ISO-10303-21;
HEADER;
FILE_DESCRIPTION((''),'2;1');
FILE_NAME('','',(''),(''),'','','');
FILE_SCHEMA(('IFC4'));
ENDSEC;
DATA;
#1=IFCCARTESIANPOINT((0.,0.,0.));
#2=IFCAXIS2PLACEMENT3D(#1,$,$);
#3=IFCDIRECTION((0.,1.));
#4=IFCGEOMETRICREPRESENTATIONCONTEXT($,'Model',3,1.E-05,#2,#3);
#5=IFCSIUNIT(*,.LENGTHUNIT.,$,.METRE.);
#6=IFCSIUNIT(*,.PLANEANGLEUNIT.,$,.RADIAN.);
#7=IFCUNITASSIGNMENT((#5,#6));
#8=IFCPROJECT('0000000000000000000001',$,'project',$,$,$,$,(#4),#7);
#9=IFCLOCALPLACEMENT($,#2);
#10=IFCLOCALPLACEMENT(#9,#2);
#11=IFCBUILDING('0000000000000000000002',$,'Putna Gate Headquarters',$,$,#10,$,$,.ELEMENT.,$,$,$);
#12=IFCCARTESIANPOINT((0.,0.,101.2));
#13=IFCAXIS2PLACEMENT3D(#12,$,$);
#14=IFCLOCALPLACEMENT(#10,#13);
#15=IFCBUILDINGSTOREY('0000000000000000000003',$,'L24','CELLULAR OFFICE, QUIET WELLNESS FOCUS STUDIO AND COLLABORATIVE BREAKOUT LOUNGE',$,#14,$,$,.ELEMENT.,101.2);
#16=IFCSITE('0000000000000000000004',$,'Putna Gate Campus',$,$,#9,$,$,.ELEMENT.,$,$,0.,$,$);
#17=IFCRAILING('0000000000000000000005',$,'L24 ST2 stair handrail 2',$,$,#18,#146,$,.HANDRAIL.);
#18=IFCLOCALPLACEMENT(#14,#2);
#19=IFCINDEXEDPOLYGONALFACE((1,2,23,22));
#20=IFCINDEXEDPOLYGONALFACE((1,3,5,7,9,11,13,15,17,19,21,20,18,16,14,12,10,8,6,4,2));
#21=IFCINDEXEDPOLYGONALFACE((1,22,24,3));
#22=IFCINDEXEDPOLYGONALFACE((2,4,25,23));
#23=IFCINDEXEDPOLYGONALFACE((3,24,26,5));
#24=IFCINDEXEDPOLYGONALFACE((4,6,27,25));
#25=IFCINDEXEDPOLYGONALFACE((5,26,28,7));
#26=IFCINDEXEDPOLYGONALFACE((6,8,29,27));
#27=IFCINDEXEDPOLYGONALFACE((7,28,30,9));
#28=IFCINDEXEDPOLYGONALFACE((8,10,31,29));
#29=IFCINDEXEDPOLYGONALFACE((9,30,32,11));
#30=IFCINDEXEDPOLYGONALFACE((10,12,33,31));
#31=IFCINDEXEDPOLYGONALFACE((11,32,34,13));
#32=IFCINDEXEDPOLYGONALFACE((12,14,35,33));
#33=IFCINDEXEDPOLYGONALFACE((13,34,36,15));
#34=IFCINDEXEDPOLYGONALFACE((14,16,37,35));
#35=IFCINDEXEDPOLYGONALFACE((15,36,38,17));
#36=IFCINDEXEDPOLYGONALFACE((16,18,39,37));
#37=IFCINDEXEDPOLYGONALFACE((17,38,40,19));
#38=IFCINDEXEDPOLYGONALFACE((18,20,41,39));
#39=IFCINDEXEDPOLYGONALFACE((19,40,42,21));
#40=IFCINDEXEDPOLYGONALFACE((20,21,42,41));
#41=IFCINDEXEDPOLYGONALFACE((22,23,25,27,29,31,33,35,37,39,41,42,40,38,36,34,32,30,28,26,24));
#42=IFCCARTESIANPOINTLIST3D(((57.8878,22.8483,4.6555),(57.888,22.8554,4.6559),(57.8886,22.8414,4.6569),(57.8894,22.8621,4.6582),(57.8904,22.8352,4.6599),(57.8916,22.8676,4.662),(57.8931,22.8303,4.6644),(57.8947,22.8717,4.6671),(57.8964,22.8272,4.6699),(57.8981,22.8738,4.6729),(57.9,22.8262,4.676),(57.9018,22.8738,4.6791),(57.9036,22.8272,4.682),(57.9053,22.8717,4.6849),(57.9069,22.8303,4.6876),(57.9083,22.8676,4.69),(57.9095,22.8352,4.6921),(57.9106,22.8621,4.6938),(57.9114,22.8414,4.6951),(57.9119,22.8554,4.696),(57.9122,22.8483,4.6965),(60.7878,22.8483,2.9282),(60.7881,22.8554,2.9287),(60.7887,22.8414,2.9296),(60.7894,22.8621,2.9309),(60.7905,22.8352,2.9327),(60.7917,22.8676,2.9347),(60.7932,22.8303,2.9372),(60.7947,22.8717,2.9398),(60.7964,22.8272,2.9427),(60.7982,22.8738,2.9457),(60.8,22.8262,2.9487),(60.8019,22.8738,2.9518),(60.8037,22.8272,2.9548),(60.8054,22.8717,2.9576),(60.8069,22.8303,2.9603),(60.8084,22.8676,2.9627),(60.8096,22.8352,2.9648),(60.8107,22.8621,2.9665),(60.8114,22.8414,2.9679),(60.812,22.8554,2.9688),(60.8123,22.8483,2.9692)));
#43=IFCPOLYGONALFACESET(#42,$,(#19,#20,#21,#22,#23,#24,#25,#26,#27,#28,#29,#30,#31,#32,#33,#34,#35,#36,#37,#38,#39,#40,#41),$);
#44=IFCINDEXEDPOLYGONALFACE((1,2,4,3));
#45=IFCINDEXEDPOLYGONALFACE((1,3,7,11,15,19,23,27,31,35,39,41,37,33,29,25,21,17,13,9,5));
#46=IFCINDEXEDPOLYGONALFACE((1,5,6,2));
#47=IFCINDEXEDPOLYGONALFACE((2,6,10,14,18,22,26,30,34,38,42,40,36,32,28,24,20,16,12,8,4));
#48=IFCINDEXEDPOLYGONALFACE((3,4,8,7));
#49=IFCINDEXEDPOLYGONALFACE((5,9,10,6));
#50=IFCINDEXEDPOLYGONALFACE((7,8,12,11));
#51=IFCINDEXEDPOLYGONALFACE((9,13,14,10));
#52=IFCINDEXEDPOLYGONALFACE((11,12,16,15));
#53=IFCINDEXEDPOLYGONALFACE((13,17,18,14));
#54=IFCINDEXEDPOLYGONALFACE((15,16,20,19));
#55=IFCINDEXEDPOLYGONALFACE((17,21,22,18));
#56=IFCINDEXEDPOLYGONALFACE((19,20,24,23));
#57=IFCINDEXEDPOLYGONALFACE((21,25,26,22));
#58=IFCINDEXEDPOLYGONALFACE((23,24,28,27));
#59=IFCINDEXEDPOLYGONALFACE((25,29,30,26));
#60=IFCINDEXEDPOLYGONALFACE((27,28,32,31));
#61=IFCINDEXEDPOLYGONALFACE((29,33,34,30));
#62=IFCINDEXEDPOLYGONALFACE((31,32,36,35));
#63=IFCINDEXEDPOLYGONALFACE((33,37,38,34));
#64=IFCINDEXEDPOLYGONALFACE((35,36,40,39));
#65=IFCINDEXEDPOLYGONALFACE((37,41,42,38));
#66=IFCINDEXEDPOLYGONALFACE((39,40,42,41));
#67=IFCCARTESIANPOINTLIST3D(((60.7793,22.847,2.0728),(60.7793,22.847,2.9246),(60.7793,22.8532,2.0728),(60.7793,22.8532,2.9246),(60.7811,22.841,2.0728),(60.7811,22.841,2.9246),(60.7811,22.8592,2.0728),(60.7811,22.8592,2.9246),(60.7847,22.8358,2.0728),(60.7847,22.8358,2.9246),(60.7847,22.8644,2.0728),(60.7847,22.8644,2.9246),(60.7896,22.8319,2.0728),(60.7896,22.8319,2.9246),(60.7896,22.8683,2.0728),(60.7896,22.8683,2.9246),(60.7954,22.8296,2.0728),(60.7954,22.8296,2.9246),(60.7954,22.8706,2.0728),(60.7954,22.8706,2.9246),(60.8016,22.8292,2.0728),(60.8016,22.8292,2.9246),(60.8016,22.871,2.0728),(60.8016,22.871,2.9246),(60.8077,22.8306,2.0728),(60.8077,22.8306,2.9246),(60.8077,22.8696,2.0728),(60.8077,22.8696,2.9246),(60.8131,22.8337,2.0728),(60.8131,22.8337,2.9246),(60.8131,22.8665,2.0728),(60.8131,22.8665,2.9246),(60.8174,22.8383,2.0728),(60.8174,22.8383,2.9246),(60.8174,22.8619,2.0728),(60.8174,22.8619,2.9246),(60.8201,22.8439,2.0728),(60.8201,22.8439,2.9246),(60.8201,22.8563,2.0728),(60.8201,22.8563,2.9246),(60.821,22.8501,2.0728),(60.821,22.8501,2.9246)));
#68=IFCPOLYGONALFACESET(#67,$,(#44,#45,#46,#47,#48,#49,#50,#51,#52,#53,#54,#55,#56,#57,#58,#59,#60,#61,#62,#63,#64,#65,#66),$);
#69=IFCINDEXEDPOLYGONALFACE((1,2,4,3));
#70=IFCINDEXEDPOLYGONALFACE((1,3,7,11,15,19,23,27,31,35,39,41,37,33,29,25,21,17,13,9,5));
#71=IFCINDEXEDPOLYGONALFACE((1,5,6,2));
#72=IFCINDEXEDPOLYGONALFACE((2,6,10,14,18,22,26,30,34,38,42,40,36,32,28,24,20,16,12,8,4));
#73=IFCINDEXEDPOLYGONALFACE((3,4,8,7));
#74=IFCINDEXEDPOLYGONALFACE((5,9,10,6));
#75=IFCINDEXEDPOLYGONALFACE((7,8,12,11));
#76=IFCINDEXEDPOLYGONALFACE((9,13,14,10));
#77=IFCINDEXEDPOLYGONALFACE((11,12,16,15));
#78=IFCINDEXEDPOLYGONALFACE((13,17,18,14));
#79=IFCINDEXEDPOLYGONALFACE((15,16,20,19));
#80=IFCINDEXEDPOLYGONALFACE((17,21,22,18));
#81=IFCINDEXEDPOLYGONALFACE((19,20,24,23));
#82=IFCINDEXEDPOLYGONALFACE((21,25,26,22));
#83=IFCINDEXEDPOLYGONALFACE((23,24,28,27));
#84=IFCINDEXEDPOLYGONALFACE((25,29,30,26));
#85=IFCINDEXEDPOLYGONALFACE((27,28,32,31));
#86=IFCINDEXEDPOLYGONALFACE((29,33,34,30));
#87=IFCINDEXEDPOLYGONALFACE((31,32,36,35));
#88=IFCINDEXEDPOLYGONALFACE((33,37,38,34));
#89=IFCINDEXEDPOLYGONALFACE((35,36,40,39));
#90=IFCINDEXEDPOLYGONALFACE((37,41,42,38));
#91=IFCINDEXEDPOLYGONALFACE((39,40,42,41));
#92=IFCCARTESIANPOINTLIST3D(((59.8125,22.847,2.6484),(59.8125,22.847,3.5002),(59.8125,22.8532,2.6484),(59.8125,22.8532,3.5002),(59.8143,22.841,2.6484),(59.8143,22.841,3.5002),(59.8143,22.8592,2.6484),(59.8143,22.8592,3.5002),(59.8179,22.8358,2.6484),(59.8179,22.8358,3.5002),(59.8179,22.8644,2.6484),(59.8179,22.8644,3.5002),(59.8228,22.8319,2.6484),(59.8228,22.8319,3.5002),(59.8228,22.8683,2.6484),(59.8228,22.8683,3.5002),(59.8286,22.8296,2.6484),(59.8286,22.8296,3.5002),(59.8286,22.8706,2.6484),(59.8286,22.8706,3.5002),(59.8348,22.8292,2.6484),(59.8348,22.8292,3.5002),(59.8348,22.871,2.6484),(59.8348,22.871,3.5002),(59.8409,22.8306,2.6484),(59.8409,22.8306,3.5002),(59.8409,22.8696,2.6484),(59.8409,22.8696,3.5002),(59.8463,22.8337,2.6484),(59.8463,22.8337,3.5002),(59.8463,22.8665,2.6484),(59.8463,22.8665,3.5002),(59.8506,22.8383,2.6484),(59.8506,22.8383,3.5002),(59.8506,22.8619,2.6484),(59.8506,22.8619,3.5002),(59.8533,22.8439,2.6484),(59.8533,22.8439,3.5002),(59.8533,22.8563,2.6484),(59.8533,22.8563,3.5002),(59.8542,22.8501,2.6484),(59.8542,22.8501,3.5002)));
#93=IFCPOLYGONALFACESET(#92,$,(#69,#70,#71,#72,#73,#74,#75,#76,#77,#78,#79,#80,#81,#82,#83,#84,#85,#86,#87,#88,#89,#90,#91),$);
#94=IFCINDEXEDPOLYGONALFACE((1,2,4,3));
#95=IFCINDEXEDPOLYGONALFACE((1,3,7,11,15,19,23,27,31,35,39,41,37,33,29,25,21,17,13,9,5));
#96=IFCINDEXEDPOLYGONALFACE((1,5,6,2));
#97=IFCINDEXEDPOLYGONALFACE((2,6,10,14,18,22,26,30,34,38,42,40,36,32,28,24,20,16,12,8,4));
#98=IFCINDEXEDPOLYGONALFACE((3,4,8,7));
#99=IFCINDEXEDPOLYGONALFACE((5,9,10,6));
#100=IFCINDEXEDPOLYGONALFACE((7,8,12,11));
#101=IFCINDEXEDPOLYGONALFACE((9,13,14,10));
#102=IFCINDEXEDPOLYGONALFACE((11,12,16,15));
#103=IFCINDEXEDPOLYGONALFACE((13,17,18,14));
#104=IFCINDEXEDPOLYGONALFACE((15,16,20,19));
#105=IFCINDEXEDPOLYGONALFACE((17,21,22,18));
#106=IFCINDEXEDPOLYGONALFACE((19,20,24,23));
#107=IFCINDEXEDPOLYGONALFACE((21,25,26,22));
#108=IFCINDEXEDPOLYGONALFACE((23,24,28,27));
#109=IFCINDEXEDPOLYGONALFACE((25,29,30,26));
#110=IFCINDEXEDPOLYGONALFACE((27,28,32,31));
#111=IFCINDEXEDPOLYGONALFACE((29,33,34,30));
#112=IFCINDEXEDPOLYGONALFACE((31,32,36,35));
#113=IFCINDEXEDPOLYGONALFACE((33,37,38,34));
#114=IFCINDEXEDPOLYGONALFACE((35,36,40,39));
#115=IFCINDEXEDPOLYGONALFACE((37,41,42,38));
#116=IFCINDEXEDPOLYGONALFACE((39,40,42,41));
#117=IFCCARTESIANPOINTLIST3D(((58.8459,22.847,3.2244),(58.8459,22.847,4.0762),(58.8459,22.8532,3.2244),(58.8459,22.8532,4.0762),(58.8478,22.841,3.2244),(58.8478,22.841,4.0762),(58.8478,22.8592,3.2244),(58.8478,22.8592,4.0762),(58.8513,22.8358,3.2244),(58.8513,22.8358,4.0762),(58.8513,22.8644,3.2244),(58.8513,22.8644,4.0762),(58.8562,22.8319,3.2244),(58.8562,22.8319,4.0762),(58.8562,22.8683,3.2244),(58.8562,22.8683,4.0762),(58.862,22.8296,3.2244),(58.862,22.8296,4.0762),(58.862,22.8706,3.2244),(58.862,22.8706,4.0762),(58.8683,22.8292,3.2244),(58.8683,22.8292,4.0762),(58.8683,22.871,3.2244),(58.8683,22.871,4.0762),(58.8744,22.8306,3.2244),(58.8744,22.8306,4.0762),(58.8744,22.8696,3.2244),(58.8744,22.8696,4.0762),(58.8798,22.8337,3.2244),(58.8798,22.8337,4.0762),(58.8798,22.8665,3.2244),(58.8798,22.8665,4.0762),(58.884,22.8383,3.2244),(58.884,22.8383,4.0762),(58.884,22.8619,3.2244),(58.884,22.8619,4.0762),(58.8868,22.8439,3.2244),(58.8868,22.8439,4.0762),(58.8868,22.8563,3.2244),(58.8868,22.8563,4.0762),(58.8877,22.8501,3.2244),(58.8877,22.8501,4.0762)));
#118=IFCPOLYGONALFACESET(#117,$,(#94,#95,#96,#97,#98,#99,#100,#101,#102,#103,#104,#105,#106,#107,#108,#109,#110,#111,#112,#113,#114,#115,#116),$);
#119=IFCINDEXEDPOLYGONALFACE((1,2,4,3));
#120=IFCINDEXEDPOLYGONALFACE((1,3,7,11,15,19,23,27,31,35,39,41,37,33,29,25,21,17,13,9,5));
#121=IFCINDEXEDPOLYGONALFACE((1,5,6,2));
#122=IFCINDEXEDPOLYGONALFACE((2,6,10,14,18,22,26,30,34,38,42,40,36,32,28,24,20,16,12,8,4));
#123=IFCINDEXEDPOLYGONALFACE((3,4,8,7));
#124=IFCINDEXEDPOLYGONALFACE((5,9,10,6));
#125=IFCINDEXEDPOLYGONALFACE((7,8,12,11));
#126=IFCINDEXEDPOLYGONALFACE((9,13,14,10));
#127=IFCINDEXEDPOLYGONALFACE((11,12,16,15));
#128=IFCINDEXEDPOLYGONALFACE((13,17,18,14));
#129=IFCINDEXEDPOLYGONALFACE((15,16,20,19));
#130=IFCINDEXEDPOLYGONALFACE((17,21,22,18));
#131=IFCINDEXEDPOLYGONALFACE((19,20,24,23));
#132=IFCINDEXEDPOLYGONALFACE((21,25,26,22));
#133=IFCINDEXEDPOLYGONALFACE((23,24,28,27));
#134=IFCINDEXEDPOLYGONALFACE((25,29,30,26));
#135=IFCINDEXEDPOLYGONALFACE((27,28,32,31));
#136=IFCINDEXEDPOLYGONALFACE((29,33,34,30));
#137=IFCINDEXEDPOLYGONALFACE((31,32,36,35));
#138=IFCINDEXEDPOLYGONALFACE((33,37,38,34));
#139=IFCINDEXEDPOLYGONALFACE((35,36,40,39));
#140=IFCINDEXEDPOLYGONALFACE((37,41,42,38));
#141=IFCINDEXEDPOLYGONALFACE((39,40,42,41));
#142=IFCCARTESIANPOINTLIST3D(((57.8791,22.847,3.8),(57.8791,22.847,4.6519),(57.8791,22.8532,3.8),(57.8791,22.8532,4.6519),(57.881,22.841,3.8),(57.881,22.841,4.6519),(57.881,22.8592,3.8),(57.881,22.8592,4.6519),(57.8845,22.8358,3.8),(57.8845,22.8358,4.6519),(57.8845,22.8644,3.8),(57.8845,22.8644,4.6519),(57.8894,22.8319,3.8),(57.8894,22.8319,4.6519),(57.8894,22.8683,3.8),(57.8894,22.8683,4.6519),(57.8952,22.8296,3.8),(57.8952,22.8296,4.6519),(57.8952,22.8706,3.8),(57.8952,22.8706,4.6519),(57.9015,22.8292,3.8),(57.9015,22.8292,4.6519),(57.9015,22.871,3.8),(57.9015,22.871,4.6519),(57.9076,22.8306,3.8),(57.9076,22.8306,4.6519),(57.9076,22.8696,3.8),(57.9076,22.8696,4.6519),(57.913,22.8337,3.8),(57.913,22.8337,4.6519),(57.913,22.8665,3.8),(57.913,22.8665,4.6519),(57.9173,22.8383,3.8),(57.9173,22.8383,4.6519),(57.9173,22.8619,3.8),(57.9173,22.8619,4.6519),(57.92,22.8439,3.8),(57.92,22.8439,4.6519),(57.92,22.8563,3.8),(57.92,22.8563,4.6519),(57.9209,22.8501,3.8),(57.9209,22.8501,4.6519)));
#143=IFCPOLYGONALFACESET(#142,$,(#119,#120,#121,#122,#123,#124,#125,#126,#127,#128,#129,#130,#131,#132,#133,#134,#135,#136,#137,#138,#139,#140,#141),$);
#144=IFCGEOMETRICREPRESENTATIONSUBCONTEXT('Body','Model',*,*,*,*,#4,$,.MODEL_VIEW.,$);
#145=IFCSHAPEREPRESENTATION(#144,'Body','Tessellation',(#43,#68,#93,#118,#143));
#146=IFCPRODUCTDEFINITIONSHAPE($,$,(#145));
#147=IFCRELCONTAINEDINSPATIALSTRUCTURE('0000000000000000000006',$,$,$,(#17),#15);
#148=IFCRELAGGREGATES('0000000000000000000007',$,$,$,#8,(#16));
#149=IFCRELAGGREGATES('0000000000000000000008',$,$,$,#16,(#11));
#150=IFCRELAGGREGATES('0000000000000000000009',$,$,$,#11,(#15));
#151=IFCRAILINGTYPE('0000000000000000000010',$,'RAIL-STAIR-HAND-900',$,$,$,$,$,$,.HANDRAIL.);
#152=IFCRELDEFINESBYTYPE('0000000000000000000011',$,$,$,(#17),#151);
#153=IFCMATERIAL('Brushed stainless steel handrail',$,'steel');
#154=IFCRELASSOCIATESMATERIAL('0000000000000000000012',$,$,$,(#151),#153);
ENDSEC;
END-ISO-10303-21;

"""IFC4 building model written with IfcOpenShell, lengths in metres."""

from ifc_helpers import new_model, si_unit, direction, frame, origin, origin_2d, place, context, subcontext, project, spatial, circle, extrude, material, type_object, element, save


model = new_model("IFC4")

# Units and contexts
model_context = context("Model", 3, precision=1e-05, world=origin(), true_north=direction((0.0, 1.0)))
body_context = subcontext(model_context, "Body", "Model", "MODEL_VIEW")
ifc_project = project(units=[si_unit("LENGTHUNIT", "METRE"), si_unit("PLANEANGLEUNIT", "RADIAN")], contexts=[model_context])

# Site, building, storey
site_placement = place(None, origin())
site = spatial("IfcSite", under=ifc_project, at=site_placement, Name="Putna Gate Campus", CompositionType="ELEMENT", RefElevation=0.0)
building_placement = place(site_placement, origin())
building = spatial("IfcBuilding", under=site, at=building_placement, Name="Putna Gate Headquarters", CompositionType="ELEMENT")
storey_placement = place(building_placement, frame((0.0, 0.0, 101.2)))
storey = spatial("IfcBuildingStorey", under=building, at=storey_placement, Name="L24", Description="CELLULAR OFFICE, QUIET WELLNESS FOCUS STUDIO AND COLLABORATIVE BREAKOUT LOUNGE", CompositionType="ELEMENT", Elevation=101.2)

# Railing
ifc_material_1 = material(Name="Brushed stainless steel handrail", Category="steel")
railing_type_1 = type_object("IfcRailingType", Name="RAIL-STAIR-HAND-900", PredefinedType="HANDRAIL", material=ifc_material_1)
railing_1_placement = place(storey_placement, frame((60.8, 22.8501, 2.0728)))
element("IfcRailing", 1, at=railing_1_placement, inside=storey, type_object=railing_type_1, Name="L24 ST2 stair handrail 2", PredefinedType="HANDRAIL", context=body_context, shape_type="SweptSolid", body=[
    extrude(circle(Radius=0.0239, at=origin_2d()), frame((0.0, 0.0, 0.876), z_axis=(-0.85916, 0.0, 0.511706), x_axis=(0.0, -1.0, 0.0)), (0.0, 0.0, 1.0), 3.3755),
    extrude(circle(Radius=0.021, at=origin_2d()), origin(), (0.0, 0.0, 1.0), 0.8518),
    extrude(circle(Radius=0.021, at=origin_2d()), frame((-0.9668, 0.0, 0.5757)), (0.0, 0.0, 1.0), 0.8518),
    extrude(circle(Radius=0.021, at=origin_2d()), frame((-1.9333, 0.0, 1.1516)), (0.0, 0.0, 1.0), 0.8518),
    extrude(circle(Radius=0.021, at=origin_2d()), frame((-2.9001, 0.0, 1.7273)), (0.0, 0.0, 1.0), 0.8518),
])

save(model, "model.ifc")
